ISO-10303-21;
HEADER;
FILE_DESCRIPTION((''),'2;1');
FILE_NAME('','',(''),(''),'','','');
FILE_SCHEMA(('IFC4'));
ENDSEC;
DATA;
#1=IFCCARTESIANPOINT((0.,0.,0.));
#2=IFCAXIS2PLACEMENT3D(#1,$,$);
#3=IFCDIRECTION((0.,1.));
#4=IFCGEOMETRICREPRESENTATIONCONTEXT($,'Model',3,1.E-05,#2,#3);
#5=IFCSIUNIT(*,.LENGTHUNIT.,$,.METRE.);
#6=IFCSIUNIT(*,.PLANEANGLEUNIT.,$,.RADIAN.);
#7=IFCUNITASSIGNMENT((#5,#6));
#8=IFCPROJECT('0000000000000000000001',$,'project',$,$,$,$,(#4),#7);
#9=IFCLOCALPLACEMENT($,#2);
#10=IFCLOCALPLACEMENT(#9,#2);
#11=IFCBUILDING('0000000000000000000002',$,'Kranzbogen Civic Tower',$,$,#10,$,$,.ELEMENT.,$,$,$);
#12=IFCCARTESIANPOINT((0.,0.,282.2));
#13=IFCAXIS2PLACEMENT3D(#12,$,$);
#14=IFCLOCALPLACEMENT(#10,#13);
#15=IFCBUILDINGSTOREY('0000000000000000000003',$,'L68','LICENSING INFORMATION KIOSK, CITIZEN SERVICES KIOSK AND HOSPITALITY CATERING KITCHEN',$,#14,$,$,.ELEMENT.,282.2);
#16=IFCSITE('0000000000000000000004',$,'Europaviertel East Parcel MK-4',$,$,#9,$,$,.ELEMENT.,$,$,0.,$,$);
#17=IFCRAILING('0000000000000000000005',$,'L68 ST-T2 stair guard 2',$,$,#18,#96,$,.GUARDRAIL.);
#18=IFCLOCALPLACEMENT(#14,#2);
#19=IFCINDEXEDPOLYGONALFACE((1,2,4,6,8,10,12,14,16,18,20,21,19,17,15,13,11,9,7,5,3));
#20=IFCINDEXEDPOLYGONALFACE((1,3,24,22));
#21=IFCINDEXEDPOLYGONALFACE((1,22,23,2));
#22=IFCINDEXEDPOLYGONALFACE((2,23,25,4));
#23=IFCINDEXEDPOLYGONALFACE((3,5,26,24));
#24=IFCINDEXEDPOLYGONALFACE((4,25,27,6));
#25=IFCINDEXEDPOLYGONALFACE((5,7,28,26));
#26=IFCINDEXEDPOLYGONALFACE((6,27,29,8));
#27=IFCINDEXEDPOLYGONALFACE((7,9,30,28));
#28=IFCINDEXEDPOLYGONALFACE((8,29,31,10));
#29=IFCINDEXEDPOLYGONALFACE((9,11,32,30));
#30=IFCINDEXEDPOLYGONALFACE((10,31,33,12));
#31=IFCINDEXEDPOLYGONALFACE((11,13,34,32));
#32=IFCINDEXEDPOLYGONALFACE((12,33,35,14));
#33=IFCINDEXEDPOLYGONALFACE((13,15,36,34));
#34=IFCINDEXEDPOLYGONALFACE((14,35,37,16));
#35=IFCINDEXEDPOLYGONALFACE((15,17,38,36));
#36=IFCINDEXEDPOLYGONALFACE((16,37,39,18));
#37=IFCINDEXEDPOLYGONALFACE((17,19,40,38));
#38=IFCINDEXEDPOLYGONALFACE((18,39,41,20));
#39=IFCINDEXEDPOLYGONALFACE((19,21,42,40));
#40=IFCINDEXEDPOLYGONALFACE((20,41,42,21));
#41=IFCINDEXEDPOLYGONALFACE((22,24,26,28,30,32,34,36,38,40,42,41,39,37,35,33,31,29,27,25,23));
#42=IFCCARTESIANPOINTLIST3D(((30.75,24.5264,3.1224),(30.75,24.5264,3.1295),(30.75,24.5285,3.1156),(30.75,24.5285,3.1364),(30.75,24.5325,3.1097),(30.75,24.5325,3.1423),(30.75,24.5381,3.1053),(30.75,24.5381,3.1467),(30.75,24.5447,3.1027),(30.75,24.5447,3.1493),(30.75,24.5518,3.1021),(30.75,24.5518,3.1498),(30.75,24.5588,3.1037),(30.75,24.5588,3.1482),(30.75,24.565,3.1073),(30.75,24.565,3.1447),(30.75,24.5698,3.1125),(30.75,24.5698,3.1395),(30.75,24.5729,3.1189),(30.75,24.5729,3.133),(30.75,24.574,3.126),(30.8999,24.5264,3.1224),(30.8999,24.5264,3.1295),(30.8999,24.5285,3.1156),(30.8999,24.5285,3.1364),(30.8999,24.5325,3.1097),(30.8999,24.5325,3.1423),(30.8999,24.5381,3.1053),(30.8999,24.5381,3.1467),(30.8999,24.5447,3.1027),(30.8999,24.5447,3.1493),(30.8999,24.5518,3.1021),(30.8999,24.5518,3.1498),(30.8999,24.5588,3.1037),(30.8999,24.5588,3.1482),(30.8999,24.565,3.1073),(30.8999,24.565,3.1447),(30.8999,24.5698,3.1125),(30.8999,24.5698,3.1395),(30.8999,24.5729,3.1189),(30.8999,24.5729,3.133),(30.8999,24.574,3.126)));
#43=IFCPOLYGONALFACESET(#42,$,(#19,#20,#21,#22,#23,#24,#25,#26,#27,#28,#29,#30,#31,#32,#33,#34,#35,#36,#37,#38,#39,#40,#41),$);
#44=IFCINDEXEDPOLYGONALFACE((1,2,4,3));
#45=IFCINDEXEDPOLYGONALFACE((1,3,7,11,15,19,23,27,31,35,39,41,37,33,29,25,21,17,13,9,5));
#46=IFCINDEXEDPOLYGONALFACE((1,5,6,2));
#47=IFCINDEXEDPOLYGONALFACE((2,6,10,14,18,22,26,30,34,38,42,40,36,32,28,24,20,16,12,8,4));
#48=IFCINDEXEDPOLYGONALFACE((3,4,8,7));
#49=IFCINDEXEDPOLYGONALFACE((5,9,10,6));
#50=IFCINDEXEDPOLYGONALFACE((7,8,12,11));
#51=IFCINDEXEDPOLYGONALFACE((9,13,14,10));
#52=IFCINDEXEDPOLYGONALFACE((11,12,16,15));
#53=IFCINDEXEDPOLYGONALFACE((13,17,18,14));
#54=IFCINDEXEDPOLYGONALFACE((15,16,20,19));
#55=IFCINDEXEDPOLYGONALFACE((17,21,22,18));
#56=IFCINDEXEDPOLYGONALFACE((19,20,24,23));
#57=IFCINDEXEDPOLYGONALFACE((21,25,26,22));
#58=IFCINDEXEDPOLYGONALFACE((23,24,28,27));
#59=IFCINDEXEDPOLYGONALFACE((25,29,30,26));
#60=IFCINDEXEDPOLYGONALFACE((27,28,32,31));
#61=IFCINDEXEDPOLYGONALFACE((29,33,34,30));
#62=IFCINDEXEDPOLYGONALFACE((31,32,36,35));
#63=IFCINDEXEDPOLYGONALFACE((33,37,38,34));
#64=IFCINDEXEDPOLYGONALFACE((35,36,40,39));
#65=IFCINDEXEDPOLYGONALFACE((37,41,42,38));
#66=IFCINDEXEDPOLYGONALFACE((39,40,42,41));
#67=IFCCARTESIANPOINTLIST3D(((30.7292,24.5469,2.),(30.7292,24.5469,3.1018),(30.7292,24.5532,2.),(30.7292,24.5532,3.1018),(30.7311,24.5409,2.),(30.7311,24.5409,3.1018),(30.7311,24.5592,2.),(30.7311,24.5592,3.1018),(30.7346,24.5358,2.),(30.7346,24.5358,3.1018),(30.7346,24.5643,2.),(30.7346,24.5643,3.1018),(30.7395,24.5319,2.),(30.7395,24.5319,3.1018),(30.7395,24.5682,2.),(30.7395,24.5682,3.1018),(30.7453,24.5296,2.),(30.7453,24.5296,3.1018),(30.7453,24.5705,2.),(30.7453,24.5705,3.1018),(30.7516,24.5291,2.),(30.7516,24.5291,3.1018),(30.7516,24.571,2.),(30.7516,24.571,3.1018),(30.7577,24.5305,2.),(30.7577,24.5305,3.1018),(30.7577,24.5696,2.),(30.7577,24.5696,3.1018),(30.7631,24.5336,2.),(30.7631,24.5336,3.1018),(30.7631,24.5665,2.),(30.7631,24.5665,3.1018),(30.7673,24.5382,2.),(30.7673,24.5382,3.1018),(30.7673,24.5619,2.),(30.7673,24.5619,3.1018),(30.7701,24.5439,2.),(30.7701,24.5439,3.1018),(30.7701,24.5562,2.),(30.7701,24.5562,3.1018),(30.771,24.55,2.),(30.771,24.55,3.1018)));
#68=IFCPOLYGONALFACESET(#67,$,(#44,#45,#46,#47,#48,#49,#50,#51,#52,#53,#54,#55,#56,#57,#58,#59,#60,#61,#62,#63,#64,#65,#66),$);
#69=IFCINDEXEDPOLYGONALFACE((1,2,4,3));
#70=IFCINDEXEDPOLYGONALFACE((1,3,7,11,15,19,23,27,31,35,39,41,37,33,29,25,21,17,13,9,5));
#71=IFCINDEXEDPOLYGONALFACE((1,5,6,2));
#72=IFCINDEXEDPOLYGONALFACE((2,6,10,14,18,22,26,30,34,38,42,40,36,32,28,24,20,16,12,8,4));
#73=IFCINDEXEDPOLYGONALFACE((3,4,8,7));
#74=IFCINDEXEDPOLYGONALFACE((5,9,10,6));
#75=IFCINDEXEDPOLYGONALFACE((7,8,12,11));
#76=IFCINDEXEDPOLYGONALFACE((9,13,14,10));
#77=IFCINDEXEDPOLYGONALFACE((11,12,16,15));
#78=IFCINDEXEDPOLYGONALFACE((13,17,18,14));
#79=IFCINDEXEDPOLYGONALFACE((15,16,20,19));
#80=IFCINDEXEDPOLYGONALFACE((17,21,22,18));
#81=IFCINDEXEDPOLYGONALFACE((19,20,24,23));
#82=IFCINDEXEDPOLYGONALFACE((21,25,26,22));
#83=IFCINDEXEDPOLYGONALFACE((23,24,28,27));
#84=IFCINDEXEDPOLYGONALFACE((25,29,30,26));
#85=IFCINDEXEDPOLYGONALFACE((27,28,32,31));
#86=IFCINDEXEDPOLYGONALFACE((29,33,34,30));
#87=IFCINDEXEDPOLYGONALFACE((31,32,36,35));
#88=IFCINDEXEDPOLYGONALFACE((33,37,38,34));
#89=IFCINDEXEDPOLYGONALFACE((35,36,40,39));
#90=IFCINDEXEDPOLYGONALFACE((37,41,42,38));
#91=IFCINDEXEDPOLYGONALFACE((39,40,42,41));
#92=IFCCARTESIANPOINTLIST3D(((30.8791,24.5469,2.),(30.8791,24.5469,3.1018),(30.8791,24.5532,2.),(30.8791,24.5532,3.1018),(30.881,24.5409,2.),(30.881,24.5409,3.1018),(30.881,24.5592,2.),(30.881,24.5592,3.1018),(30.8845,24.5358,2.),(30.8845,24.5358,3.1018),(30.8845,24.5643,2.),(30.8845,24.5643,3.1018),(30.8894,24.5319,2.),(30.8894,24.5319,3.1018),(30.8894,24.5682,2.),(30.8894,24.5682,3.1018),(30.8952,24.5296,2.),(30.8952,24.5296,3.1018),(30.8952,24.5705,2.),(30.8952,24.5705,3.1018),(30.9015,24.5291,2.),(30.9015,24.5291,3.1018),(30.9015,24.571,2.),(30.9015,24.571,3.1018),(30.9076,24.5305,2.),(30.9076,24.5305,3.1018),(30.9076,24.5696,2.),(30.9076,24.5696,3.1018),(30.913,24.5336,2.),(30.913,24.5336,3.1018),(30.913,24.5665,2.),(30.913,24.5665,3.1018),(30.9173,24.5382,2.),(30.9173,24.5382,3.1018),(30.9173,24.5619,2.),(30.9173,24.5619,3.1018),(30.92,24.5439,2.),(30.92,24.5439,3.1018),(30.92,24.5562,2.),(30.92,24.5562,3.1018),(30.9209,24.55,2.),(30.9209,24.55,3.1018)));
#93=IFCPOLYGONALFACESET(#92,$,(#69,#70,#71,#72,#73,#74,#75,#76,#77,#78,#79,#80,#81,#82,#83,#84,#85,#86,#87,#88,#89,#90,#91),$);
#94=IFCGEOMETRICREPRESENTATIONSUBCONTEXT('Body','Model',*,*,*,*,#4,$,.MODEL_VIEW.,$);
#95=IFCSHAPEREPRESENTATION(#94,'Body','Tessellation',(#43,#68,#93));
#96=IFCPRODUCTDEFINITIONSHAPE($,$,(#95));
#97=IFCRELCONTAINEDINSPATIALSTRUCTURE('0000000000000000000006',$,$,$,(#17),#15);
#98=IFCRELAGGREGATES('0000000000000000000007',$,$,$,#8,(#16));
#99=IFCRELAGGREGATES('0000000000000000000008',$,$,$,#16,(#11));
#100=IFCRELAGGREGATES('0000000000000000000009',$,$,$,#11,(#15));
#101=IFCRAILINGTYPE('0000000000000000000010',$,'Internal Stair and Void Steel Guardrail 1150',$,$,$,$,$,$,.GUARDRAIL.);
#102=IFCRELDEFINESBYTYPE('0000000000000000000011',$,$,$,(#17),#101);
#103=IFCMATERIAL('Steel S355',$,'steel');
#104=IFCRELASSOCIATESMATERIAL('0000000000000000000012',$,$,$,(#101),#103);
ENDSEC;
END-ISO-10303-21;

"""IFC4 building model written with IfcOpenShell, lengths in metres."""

from ifc_helpers import new_model, si_unit, direction, frame, origin, origin_2d, place, context, subcontext, project, spatial, circle, extrude, material, type_object, element, save


model = new_model("IFC4")

# Units and contexts
model_context = context("Model", 3, precision=1e-05, world=origin(), true_north=direction((0.0, 1.0)))
body_context = subcontext(model_context, "Body", "Model", "MODEL_VIEW")
ifc_project = project(units=[si_unit("LENGTHUNIT", "METRE"), si_unit("PLANEANGLEUNIT", "RADIAN")], contexts=[model_context])

# Site, building, storey
site_placement = place(None, origin())
site = spatial("IfcSite", under=ifc_project, at=site_placement, Name="Europaviertel East Parcel MK-4", CompositionType="ELEMENT", RefElevation=0.0)
building_placement = place(site_placement, origin())
building = spatial("IfcBuilding", under=site, at=building_placement, Name="Kranzbogen Civic Tower", CompositionType="ELEMENT")
storey_placement = place(building_placement, frame((0.0, 0.0, 282.2)))
storey = spatial("IfcBuildingStorey", under=building, at=storey_placement, Name="L68", Description="LICENSING INFORMATION KIOSK, CITIZEN SERVICES KIOSK AND HOSPITALITY CATERING KITCHEN", CompositionType="ELEMENT", Elevation=282.2)

# Shared definitions
ifc_material_1 = material(Name="Steel S355", Category="steel")

# Railing
railing_type_1 = type_object("IfcRailingType", Name="Internal Stair and Void Steel Guardrail 1150", PredefinedType="GUARDRAIL", material=ifc_material_1)
railing_1_placement = place(storey_placement, frame((30.75, 24.55, 2.0)))
element("IfcRailing", 1, at=railing_1_placement, inside=storey, type_object=railing_type_1, Name="L68 ST-T2 stair guard 2", PredefinedType="GUARDRAIL", context=body_context, shape_type="SweptSolid", body=[
    extrude(circle(Radius=0.0239, at=origin_2d()), frame((0.0, 0.0, 1.126), z_axis=(1.0, 0.0, 0.0), x_axis=(0.0, 1.0, 0.0)), (0.0, 0.0, 1.0), 0.1499),
    extrude(circle(Radius=0.021, at=origin_2d()), origin(), (0.0, 0.0, 1.0), 1.1018),
    extrude(circle(Radius=0.021, at=origin_2d()), frame((0.1499, 0.0, 0.0)), (0.0, 0.0, 1.0), 1.1018),
])

save(model, "model.ifc")
